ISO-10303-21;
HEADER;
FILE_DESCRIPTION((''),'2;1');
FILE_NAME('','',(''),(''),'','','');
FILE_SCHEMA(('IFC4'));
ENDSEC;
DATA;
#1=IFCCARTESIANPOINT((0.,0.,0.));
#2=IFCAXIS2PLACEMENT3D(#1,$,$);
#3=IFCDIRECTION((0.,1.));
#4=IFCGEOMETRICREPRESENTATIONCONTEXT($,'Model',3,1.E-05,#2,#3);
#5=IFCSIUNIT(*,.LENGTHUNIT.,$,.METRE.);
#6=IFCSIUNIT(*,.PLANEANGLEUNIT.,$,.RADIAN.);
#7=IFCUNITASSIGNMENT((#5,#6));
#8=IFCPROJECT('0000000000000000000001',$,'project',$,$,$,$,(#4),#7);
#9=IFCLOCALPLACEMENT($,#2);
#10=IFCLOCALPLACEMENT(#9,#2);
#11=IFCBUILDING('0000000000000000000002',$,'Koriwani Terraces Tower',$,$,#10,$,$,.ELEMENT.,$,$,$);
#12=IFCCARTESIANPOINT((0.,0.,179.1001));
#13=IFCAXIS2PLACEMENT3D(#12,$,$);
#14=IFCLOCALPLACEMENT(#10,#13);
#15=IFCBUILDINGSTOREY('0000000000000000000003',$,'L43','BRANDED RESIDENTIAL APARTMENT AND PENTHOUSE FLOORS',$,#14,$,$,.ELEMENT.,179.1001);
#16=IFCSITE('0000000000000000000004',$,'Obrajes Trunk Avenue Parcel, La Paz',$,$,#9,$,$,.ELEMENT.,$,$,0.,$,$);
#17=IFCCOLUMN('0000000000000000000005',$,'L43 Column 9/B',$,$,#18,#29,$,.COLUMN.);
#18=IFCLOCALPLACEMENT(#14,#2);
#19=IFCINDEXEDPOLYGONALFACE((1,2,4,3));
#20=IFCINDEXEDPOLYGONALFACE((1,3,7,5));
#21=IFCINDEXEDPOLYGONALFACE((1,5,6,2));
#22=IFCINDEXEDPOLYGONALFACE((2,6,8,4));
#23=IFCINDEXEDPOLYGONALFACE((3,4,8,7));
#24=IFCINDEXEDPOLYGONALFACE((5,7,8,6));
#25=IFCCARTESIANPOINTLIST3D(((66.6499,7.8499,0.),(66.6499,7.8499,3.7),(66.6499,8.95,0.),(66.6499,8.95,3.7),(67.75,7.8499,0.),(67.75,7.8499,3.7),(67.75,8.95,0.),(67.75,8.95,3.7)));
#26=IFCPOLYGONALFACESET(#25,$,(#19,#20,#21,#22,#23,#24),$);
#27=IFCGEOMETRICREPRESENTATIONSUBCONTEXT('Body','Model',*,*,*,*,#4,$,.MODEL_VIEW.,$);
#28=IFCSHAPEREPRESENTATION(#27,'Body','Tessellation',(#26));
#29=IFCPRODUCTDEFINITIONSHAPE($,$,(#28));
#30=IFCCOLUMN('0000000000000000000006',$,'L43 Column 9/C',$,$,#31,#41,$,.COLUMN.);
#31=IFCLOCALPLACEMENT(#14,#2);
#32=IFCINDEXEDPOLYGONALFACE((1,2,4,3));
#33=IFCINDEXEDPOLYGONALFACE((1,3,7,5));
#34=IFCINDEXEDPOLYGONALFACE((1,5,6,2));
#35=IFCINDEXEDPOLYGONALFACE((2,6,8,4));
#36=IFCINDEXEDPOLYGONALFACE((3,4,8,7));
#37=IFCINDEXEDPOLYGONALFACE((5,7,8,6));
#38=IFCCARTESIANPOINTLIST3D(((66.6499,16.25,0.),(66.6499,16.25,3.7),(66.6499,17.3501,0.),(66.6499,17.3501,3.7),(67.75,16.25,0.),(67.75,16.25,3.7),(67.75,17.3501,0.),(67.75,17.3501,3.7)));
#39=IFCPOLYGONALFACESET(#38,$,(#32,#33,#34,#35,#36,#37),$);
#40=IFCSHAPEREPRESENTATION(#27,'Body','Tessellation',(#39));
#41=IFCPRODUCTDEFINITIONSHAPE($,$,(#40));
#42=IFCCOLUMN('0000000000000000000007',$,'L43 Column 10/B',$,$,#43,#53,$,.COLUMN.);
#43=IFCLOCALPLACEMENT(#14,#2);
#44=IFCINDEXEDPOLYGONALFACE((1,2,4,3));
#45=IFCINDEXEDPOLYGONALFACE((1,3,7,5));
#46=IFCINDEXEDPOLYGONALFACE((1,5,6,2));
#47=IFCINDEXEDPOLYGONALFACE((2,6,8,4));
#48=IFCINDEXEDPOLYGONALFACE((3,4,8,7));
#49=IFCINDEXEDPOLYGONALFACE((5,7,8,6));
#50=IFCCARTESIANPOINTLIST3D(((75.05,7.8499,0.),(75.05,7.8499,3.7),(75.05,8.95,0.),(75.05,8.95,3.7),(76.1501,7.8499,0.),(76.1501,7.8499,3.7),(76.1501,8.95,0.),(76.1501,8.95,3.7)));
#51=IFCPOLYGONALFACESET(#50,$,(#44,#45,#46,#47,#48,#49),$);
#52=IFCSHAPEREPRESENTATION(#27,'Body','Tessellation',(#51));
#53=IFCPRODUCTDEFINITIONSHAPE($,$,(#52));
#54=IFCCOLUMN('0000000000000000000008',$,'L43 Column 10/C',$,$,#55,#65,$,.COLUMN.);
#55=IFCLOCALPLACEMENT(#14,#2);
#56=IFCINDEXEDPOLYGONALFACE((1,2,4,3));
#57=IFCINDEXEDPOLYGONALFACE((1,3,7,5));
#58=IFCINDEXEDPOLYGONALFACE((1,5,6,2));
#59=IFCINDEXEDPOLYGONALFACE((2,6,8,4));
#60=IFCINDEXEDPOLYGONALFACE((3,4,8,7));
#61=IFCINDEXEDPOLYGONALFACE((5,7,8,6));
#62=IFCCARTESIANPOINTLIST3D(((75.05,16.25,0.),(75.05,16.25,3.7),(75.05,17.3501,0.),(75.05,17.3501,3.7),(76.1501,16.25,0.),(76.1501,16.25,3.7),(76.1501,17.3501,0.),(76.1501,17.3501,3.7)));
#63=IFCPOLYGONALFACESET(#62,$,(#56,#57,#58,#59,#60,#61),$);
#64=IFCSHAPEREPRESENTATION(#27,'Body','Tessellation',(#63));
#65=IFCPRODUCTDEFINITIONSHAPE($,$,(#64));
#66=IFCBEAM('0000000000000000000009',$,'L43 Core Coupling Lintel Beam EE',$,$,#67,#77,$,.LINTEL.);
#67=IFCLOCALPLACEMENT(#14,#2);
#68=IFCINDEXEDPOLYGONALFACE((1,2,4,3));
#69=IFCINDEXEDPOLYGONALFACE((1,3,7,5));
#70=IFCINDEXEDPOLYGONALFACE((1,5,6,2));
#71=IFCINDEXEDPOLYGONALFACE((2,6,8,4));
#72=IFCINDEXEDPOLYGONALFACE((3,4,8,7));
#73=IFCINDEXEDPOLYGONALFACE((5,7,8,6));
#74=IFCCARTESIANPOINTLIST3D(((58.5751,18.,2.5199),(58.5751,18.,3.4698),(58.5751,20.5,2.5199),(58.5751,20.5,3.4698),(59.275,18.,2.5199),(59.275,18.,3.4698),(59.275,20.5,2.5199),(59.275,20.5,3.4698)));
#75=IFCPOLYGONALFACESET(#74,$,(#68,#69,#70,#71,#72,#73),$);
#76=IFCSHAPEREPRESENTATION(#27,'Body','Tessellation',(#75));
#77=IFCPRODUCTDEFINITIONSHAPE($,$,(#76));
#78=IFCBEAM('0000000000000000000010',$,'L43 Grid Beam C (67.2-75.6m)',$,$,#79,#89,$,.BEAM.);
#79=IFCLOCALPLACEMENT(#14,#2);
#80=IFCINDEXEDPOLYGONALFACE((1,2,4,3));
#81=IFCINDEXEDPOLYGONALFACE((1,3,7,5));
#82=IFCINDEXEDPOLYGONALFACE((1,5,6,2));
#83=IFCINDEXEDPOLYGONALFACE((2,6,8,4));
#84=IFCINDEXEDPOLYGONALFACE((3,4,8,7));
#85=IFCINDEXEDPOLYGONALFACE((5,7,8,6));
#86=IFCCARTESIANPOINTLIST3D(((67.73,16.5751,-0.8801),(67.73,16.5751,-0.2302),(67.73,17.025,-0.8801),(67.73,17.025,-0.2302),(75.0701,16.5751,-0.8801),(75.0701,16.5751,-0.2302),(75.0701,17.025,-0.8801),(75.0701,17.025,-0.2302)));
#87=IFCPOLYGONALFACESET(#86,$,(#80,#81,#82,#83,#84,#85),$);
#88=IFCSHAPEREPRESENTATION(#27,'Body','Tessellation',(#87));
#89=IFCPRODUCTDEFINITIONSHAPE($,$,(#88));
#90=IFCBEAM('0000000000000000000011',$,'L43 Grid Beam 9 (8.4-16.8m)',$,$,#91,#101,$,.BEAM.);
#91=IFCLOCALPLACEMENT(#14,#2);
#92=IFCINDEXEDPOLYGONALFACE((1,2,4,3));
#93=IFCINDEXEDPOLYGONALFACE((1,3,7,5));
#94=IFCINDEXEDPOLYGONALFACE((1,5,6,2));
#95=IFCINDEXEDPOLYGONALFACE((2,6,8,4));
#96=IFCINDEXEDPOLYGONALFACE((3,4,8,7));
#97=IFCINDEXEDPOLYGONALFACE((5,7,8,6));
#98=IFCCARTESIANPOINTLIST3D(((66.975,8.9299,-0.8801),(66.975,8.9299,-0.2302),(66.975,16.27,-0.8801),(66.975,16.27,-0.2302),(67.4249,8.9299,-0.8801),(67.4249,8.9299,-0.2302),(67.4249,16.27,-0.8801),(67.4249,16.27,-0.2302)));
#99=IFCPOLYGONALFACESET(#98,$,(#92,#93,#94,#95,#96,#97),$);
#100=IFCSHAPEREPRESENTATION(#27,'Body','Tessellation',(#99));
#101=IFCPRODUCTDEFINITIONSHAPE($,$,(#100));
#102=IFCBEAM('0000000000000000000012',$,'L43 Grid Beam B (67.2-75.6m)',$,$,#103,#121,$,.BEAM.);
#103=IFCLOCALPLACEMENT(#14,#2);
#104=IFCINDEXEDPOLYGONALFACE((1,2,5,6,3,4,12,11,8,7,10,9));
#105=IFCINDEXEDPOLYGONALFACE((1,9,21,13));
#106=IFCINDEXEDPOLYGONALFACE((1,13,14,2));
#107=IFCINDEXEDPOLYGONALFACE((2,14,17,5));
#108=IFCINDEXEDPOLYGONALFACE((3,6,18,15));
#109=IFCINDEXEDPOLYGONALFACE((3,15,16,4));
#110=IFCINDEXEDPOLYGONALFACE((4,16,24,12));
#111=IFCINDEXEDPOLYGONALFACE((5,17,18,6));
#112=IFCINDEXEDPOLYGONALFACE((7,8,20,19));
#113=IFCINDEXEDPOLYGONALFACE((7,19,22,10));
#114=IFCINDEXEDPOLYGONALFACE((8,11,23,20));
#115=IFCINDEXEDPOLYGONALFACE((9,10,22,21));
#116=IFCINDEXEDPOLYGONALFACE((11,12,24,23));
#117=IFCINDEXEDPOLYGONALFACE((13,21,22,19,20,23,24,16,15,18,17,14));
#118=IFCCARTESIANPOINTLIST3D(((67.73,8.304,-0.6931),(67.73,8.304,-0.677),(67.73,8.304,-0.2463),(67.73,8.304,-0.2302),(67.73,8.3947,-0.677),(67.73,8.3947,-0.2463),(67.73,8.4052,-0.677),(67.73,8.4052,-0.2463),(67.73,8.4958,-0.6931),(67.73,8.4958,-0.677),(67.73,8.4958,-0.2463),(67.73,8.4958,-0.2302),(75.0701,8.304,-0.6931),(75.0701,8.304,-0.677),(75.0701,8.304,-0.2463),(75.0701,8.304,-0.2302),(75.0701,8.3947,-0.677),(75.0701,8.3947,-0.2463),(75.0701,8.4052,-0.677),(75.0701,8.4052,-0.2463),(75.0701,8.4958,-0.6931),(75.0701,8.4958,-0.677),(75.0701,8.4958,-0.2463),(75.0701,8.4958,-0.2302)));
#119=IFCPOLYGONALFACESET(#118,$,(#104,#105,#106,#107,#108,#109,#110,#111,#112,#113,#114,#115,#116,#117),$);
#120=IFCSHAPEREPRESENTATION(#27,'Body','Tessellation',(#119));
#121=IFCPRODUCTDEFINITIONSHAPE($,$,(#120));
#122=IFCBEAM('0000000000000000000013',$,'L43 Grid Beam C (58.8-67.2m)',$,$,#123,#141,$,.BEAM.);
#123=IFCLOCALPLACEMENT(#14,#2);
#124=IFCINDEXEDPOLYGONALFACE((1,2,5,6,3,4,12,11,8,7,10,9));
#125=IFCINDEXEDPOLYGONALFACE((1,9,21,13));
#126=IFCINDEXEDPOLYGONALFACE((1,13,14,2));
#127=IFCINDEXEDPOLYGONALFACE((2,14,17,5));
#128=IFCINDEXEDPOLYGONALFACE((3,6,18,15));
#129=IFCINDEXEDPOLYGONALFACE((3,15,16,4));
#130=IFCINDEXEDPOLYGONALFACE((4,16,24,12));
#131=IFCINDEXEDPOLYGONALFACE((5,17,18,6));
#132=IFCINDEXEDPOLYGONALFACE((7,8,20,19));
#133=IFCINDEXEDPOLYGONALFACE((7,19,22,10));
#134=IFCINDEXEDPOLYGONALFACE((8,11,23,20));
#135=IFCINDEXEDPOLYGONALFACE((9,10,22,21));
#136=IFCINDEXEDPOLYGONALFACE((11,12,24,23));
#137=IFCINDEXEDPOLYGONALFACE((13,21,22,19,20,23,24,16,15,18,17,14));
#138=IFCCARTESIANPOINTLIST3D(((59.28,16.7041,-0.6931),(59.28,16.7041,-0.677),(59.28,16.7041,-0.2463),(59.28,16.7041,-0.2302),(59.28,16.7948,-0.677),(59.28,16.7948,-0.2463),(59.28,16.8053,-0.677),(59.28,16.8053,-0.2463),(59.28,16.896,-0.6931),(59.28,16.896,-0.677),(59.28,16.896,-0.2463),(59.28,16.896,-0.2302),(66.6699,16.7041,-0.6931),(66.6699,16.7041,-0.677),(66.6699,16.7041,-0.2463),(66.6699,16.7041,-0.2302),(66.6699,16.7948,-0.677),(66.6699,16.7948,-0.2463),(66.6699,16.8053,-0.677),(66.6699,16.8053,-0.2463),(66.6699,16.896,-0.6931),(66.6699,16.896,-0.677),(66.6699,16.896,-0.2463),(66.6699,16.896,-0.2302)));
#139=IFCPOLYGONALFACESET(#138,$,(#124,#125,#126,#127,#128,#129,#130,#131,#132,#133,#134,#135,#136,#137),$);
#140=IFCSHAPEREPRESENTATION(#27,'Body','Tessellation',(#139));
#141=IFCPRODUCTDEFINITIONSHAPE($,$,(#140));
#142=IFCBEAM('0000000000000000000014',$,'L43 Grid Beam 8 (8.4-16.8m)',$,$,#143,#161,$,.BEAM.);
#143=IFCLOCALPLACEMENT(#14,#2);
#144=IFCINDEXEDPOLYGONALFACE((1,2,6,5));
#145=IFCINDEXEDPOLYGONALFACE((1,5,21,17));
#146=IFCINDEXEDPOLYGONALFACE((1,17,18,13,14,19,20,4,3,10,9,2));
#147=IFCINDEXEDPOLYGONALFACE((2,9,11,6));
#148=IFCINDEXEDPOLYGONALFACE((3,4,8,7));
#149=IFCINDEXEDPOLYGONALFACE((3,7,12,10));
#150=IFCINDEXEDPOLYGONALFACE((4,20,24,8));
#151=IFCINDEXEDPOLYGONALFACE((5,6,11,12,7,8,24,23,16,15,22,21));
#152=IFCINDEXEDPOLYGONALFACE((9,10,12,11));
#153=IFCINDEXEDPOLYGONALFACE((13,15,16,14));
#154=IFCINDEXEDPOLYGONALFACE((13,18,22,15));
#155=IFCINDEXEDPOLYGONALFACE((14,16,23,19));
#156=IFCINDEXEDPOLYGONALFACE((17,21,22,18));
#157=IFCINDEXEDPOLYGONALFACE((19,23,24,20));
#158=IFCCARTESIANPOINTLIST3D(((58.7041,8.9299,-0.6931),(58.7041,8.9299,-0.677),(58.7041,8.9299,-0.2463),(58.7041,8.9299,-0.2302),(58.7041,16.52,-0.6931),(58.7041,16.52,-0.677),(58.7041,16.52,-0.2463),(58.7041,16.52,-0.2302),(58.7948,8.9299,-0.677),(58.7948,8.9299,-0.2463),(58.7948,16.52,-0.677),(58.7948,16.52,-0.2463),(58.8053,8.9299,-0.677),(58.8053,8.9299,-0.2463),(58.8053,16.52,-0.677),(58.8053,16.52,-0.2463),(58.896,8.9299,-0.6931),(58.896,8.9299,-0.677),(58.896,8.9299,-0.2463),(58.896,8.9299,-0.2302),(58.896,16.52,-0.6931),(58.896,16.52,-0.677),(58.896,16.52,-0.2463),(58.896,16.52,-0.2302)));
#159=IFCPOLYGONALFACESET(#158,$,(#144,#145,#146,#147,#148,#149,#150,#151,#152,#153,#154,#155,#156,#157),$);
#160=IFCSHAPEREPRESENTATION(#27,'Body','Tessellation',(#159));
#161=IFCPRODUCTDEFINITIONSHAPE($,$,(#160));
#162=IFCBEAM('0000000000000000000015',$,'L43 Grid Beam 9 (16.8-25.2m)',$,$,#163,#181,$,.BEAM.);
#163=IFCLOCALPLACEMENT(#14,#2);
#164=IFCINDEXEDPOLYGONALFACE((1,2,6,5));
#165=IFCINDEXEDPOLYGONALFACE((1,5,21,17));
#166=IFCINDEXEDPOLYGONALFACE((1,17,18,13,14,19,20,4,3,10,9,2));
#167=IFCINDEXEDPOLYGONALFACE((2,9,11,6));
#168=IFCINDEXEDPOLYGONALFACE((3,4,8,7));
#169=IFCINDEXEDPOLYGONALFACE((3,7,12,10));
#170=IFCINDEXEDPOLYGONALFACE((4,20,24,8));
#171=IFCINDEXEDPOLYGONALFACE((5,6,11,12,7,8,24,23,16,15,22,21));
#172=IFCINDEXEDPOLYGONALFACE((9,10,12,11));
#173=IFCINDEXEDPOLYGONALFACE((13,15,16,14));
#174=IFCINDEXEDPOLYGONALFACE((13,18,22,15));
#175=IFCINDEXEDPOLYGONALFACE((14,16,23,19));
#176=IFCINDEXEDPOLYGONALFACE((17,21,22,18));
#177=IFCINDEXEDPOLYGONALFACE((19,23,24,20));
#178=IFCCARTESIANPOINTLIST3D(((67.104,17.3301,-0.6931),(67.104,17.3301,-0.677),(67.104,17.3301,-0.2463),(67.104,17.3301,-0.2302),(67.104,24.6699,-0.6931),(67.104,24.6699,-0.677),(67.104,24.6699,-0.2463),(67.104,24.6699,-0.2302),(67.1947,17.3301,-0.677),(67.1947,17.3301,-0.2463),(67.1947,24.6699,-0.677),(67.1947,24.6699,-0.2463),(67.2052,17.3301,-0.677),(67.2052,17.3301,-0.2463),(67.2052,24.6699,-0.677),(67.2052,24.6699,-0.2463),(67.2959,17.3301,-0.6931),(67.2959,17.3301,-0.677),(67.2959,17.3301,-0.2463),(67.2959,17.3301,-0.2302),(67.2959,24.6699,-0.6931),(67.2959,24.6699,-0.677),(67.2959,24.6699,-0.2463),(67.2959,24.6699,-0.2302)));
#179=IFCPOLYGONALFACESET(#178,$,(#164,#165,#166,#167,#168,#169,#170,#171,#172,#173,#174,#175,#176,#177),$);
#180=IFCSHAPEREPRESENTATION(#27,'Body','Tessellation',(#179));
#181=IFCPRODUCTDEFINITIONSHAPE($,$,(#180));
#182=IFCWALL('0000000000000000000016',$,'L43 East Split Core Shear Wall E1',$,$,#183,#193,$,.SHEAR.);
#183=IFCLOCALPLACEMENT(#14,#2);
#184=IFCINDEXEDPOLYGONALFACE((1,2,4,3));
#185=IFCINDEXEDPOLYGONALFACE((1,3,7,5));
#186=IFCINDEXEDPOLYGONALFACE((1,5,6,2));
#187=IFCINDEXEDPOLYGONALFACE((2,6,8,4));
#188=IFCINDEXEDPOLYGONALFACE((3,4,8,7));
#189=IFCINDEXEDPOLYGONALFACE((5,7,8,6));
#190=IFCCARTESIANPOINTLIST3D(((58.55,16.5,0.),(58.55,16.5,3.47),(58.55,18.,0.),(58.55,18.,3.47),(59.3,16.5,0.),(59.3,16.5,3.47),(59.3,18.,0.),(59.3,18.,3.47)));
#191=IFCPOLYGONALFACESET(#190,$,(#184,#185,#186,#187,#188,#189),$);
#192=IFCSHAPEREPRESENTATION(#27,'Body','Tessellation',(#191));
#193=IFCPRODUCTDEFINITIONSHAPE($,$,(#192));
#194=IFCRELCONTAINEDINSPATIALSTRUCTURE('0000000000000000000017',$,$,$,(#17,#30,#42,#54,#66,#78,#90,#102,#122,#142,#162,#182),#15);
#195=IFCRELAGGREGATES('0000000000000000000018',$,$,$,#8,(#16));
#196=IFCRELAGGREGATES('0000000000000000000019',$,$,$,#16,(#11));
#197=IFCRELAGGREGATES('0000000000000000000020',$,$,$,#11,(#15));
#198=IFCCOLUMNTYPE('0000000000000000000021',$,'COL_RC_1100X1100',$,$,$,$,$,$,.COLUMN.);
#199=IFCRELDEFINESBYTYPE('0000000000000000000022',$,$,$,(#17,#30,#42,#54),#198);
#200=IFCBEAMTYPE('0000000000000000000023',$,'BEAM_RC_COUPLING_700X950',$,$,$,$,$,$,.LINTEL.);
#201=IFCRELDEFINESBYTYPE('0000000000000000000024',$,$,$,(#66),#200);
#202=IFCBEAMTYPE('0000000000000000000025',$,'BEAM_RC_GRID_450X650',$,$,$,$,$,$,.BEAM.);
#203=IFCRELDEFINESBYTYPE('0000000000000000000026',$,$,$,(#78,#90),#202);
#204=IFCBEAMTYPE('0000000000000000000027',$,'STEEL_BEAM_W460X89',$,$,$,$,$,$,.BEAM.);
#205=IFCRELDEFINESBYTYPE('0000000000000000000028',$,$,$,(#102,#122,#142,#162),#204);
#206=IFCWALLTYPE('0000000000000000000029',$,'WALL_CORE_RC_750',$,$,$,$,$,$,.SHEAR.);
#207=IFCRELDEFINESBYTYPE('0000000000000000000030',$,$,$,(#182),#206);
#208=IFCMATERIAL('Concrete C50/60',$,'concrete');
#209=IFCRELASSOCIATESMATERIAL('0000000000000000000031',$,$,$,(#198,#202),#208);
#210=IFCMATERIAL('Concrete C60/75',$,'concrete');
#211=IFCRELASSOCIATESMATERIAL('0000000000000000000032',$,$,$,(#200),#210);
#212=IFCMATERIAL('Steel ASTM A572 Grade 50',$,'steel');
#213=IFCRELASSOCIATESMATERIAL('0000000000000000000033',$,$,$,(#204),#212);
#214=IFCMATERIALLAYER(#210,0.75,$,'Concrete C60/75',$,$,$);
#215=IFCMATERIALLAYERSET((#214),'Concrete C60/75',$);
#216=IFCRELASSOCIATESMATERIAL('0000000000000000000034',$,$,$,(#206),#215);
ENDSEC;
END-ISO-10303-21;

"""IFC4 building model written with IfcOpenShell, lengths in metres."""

from ifc_helpers import new_model, si_unit, direction, frame, frame_2d, origin, origin_2d, place, context, subcontext, project, spatial, rectangle, i_section, extrude, material, layer, layer_set, material_profile, profile_set, type_object, element, save


model = new_model("IFC4")

# Units and contexts
model_context = context("Model", 3, precision=1e-05, world=origin(), true_north=direction((0.0, 1.0)))
body_context = subcontext(model_context, "Body", "Model", "MODEL_VIEW")
ifc_project = project(units=[si_unit("LENGTHUNIT", "METRE"), si_unit("PLANEANGLEUNIT", "RADIAN")], contexts=[model_context])

# Site, building, storey
site_placement = place(None, origin())
site = spatial("IfcSite", under=ifc_project, at=site_placement, Name="Obrajes Trunk Avenue Parcel, La Paz", CompositionType="ELEMENT", RefElevation=0.0)
building_placement = place(site_placement, origin())
building = spatial("IfcBuilding", under=site, at=building_placement, Name="Koriwani Terraces Tower", CompositionType="ELEMENT")
storey_placement = place(building_placement, frame((0.0, 0.0, 179.1001)))
storey = spatial("IfcBuildingStorey", under=building, at=storey_placement, Name="L43", Description="BRANDED RESIDENTIAL APARTMENT AND PENTHOUSE FLOORS", CompositionType="ELEMENT", Elevation=179.1001)

# Columns
ifc_material_1 = material(Name="Concrete C50/60", Category="concrete")
ifc_material_profile_1 = material_profile(ifc_material_1, rectangle(XDim=1.1001, YDim=1.1001, at=origin_2d()), Name="Concrete C50/60", Category="LoadBearing")
ifc_profile_set_1 = profile_set([ifc_material_profile_1], Name="Concrete C50/60")
column_type = type_object("IfcColumnType", Name="COL_RC_1100X1100", PredefinedType="COLUMN", material=ifc_profile_set_1)
for number, where, z_axis, x_axis, name in (
    (1, (67.2, 8.3999, 0.0), (0.0, 0.0, 1.0), (1.0, 0.0, 0.0), "L43 Column 9/B"),
    (2, (67.2, 16.8, 0.0), (0.0, 0.0, 1.0), (1.0, 0.0, 0.0), "L43 Column 9/C"),
    (3, (75.6001, 8.3999, 0.0), (0.0, 0.0, 1.0), (1.0, 0.0, 0.0), "L43 Column 10/B"),
    (4, (75.6001, 16.8, 0.0), (0.0, 0.0, 1.0), (1.0, 0.0, 0.0), "L43 Column 10/C"),
):
    element("IfcColumn", number, at=place(storey_placement, frame(where, z_axis=z_axis, x_axis=x_axis)), inside=storey, type_object=column_type, Name=name, PredefinedType="COLUMN", context=body_context, shape_type="SweptSolid", body=[
        extrude(rectangle(XDim=1.1001, YDim=1.1001, at=origin_2d()), origin(), (0.0, 0.0, 1.0), 3.7),
    ])

# Beams
ifc_material_2 = material(Name="Concrete C60/75", Category="concrete")
ifc_material_profile_2 = material_profile(ifc_material_2, rectangle(XDim=0.7, YDim=0.95, at=origin_2d()), Name="Concrete C60/75", Category="LoadBearing")
ifc_profile_set_2 = profile_set([ifc_material_profile_2], Name="Concrete C60/75")
beam_type_1 = type_object("IfcBeamType", Name="BEAM_RC_COUPLING_700X950", PredefinedType="LINTEL", material=ifc_profile_set_2)
beam_1_placement = place(storey_placement, frame((58.925, 18.0, 2.9949), z_axis=(0.0, 1.0, 0.0), x_axis=(-1.0, 0.0, 0.0)))
element("IfcBeam", 5, at=beam_1_placement, inside=storey, type_object=beam_type_1, Name="L43 Core Coupling Lintel Beam EE", PredefinedType="LINTEL", context=body_context, shape_type="SweptSolid", body=[
    extrude(rectangle(XDim=0.7, YDim=0.95, at=origin_2d()), origin(), (0.0, 0.0, 1.0), 2.5),
])
ifc_material_profile_3 = material_profile(ifc_material_1, rectangle(XDim=0.45, YDim=0.6499, at=origin_2d()), Name="Concrete C50/60", Category="LoadBearing")
ifc_profile_set_3 = profile_set([ifc_material_profile_3], Name="Concrete C50/60")
beam_type_2 = type_object("IfcBeamType", Name="BEAM_RC_GRID_450X650", PredefinedType="BEAM", material=ifc_profile_set_3)
for number, where, z_axis, x_axis, name in (
    (6, (67.73, 16.8, -0.5552), (1.0, 0.0, 0.0), (0.0, 1.0, 0.0), "L43 Grid Beam C (67.2-75.6m)"),
    (7, (67.2, 8.9299, -0.5552), (0.0, 1.0, 0.0), (-1.0, 0.0, 0.0), "L43 Grid Beam 9 (8.4-16.8m)"),
):
    element("IfcBeam", number, at=place(storey_placement, frame(where, z_axis=z_axis, x_axis=x_axis)), inside=storey, type_object=beam_type_2, Name=name, PredefinedType="BEAM", context=body_context, shape_type="SweptSolid", body=[
        extrude(rectangle(XDim=0.45, YDim=0.6499, at=origin_2d()), origin(), (0.0, 0.0, 1.0), 7.3401),
    ])
ifc_material_3 = material(Name="Steel ASTM A572 Grade 50", Category="steel")
ifc_material_profile_4 = material_profile(ifc_material_3, i_section(OverallWidth=0.1919, OverallDepth=0.4629, WebThickness=0.0105, FlangeThickness=0.0161, at=origin_2d()), Name="Steel ASTM A572 Grade 50", Category="LoadBearing")
ifc_profile_set_4 = profile_set([ifc_material_profile_4], Name="Steel ASTM A572 Grade 50")
beam_type_3 = type_object("IfcBeamType", Name="STEEL_BEAM_W460X89", PredefinedType="BEAM", material=ifc_profile_set_4)
beam_2_placement = place(storey_placement, frame((67.73, 8.3999, -0.4617), z_axis=(1.0, 0.0, 0.0), x_axis=(0.0, 1.0, 0.0)))
element("IfcBeam", 8, at=beam_2_placement, inside=storey, type_object=beam_type_3, Name="L43 Grid Beam B (67.2-75.6m)", PredefinedType="BEAM", context=body_context, shape_type="SweptSolid", body=[
    extrude(i_section(OverallWidth=0.1919, OverallDepth=0.4629, WebThickness=0.0105, FlangeThickness=0.0161, at=origin_2d()), origin(), (0.0, 0.0, 1.0), 7.3401),
])
beam_3_placement = place(storey_placement, frame((59.28, 16.8, -0.4617), z_axis=(1.0, 0.0, 0.0), x_axis=(0.0, 1.0, 0.0)))
element("IfcBeam", 9, at=beam_3_placement, inside=storey, type_object=beam_type_3, Name="L43 Grid Beam C (58.8-67.2m)", PredefinedType="BEAM", context=body_context, shape_type="SweptSolid", body=[
    extrude(i_section(OverallWidth=0.1919, OverallDepth=0.4629, WebThickness=0.0105, FlangeThickness=0.0161, at=origin_2d()), origin(), (0.0, 0.0, 1.0), 7.3899),
])
beam_4_placement = place(storey_placement, frame((58.8, 8.9299, -0.4617), z_axis=(0.0, 1.0, 0.0), x_axis=(-1.0, 0.0, 0.0)))
element("IfcBeam", 10, at=beam_4_placement, inside=storey, type_object=beam_type_3, Name="L43 Grid Beam 8 (8.4-16.8m)", PredefinedType="BEAM", context=body_context, shape_type="SweptSolid", body=[
    extrude(i_section(OverallWidth=0.1919, OverallDepth=0.4629, WebThickness=0.0105, FlangeThickness=0.0161, at=origin_2d()), origin(), (0.0, 0.0, 1.0), 7.5901),
])
beam_5_placement = place(storey_placement, frame((67.2, 17.3301, -0.4617), z_axis=(0.0, 1.0, 0.0), x_axis=(-1.0, 0.0, 0.0)))
element("IfcBeam", 11, at=beam_5_placement, inside=storey, type_object=beam_type_3, Name="L43 Grid Beam 9 (16.8-25.2m)", PredefinedType="BEAM", context=body_context, shape_type="SweptSolid", body=[
    extrude(i_section(OverallWidth=0.1919, OverallDepth=0.4629, WebThickness=0.0105, FlangeThickness=0.0161, at=origin_2d()), origin(), (0.0, 0.0, 1.0), 7.3398),
])

# Wall
ifc_layer = layer(ifc_material_2, 0.75, Name="Concrete C60/75")
ifc_layer_set = layer_set([ifc_layer], Name="Concrete C60/75")
wall_type = type_object("IfcWallType", Name="WALL_CORE_RC_750", PredefinedType="SHEAR", material=ifc_layer_set)
wall_placement = place(storey_placement, frame((58.925, 16.5, 0.0), z_axis=(0.0, 0.0, 1.0), x_axis=(0.0, 1.0, 0.0)))
element("IfcWall", 12, at=wall_placement, inside=storey, type_object=wall_type, Name="L43 East Split Core Shear Wall E1", PredefinedType="SHEAR", context=body_context, shape_type="SweptSolid", body=[
    extrude(rectangle(XDim=1.5, YDim=0.75, at=frame_2d((0.75, 0.0))), origin(), (0.0, 0.0, 1.0), 3.47),
])

save(model, "model.ifc")
